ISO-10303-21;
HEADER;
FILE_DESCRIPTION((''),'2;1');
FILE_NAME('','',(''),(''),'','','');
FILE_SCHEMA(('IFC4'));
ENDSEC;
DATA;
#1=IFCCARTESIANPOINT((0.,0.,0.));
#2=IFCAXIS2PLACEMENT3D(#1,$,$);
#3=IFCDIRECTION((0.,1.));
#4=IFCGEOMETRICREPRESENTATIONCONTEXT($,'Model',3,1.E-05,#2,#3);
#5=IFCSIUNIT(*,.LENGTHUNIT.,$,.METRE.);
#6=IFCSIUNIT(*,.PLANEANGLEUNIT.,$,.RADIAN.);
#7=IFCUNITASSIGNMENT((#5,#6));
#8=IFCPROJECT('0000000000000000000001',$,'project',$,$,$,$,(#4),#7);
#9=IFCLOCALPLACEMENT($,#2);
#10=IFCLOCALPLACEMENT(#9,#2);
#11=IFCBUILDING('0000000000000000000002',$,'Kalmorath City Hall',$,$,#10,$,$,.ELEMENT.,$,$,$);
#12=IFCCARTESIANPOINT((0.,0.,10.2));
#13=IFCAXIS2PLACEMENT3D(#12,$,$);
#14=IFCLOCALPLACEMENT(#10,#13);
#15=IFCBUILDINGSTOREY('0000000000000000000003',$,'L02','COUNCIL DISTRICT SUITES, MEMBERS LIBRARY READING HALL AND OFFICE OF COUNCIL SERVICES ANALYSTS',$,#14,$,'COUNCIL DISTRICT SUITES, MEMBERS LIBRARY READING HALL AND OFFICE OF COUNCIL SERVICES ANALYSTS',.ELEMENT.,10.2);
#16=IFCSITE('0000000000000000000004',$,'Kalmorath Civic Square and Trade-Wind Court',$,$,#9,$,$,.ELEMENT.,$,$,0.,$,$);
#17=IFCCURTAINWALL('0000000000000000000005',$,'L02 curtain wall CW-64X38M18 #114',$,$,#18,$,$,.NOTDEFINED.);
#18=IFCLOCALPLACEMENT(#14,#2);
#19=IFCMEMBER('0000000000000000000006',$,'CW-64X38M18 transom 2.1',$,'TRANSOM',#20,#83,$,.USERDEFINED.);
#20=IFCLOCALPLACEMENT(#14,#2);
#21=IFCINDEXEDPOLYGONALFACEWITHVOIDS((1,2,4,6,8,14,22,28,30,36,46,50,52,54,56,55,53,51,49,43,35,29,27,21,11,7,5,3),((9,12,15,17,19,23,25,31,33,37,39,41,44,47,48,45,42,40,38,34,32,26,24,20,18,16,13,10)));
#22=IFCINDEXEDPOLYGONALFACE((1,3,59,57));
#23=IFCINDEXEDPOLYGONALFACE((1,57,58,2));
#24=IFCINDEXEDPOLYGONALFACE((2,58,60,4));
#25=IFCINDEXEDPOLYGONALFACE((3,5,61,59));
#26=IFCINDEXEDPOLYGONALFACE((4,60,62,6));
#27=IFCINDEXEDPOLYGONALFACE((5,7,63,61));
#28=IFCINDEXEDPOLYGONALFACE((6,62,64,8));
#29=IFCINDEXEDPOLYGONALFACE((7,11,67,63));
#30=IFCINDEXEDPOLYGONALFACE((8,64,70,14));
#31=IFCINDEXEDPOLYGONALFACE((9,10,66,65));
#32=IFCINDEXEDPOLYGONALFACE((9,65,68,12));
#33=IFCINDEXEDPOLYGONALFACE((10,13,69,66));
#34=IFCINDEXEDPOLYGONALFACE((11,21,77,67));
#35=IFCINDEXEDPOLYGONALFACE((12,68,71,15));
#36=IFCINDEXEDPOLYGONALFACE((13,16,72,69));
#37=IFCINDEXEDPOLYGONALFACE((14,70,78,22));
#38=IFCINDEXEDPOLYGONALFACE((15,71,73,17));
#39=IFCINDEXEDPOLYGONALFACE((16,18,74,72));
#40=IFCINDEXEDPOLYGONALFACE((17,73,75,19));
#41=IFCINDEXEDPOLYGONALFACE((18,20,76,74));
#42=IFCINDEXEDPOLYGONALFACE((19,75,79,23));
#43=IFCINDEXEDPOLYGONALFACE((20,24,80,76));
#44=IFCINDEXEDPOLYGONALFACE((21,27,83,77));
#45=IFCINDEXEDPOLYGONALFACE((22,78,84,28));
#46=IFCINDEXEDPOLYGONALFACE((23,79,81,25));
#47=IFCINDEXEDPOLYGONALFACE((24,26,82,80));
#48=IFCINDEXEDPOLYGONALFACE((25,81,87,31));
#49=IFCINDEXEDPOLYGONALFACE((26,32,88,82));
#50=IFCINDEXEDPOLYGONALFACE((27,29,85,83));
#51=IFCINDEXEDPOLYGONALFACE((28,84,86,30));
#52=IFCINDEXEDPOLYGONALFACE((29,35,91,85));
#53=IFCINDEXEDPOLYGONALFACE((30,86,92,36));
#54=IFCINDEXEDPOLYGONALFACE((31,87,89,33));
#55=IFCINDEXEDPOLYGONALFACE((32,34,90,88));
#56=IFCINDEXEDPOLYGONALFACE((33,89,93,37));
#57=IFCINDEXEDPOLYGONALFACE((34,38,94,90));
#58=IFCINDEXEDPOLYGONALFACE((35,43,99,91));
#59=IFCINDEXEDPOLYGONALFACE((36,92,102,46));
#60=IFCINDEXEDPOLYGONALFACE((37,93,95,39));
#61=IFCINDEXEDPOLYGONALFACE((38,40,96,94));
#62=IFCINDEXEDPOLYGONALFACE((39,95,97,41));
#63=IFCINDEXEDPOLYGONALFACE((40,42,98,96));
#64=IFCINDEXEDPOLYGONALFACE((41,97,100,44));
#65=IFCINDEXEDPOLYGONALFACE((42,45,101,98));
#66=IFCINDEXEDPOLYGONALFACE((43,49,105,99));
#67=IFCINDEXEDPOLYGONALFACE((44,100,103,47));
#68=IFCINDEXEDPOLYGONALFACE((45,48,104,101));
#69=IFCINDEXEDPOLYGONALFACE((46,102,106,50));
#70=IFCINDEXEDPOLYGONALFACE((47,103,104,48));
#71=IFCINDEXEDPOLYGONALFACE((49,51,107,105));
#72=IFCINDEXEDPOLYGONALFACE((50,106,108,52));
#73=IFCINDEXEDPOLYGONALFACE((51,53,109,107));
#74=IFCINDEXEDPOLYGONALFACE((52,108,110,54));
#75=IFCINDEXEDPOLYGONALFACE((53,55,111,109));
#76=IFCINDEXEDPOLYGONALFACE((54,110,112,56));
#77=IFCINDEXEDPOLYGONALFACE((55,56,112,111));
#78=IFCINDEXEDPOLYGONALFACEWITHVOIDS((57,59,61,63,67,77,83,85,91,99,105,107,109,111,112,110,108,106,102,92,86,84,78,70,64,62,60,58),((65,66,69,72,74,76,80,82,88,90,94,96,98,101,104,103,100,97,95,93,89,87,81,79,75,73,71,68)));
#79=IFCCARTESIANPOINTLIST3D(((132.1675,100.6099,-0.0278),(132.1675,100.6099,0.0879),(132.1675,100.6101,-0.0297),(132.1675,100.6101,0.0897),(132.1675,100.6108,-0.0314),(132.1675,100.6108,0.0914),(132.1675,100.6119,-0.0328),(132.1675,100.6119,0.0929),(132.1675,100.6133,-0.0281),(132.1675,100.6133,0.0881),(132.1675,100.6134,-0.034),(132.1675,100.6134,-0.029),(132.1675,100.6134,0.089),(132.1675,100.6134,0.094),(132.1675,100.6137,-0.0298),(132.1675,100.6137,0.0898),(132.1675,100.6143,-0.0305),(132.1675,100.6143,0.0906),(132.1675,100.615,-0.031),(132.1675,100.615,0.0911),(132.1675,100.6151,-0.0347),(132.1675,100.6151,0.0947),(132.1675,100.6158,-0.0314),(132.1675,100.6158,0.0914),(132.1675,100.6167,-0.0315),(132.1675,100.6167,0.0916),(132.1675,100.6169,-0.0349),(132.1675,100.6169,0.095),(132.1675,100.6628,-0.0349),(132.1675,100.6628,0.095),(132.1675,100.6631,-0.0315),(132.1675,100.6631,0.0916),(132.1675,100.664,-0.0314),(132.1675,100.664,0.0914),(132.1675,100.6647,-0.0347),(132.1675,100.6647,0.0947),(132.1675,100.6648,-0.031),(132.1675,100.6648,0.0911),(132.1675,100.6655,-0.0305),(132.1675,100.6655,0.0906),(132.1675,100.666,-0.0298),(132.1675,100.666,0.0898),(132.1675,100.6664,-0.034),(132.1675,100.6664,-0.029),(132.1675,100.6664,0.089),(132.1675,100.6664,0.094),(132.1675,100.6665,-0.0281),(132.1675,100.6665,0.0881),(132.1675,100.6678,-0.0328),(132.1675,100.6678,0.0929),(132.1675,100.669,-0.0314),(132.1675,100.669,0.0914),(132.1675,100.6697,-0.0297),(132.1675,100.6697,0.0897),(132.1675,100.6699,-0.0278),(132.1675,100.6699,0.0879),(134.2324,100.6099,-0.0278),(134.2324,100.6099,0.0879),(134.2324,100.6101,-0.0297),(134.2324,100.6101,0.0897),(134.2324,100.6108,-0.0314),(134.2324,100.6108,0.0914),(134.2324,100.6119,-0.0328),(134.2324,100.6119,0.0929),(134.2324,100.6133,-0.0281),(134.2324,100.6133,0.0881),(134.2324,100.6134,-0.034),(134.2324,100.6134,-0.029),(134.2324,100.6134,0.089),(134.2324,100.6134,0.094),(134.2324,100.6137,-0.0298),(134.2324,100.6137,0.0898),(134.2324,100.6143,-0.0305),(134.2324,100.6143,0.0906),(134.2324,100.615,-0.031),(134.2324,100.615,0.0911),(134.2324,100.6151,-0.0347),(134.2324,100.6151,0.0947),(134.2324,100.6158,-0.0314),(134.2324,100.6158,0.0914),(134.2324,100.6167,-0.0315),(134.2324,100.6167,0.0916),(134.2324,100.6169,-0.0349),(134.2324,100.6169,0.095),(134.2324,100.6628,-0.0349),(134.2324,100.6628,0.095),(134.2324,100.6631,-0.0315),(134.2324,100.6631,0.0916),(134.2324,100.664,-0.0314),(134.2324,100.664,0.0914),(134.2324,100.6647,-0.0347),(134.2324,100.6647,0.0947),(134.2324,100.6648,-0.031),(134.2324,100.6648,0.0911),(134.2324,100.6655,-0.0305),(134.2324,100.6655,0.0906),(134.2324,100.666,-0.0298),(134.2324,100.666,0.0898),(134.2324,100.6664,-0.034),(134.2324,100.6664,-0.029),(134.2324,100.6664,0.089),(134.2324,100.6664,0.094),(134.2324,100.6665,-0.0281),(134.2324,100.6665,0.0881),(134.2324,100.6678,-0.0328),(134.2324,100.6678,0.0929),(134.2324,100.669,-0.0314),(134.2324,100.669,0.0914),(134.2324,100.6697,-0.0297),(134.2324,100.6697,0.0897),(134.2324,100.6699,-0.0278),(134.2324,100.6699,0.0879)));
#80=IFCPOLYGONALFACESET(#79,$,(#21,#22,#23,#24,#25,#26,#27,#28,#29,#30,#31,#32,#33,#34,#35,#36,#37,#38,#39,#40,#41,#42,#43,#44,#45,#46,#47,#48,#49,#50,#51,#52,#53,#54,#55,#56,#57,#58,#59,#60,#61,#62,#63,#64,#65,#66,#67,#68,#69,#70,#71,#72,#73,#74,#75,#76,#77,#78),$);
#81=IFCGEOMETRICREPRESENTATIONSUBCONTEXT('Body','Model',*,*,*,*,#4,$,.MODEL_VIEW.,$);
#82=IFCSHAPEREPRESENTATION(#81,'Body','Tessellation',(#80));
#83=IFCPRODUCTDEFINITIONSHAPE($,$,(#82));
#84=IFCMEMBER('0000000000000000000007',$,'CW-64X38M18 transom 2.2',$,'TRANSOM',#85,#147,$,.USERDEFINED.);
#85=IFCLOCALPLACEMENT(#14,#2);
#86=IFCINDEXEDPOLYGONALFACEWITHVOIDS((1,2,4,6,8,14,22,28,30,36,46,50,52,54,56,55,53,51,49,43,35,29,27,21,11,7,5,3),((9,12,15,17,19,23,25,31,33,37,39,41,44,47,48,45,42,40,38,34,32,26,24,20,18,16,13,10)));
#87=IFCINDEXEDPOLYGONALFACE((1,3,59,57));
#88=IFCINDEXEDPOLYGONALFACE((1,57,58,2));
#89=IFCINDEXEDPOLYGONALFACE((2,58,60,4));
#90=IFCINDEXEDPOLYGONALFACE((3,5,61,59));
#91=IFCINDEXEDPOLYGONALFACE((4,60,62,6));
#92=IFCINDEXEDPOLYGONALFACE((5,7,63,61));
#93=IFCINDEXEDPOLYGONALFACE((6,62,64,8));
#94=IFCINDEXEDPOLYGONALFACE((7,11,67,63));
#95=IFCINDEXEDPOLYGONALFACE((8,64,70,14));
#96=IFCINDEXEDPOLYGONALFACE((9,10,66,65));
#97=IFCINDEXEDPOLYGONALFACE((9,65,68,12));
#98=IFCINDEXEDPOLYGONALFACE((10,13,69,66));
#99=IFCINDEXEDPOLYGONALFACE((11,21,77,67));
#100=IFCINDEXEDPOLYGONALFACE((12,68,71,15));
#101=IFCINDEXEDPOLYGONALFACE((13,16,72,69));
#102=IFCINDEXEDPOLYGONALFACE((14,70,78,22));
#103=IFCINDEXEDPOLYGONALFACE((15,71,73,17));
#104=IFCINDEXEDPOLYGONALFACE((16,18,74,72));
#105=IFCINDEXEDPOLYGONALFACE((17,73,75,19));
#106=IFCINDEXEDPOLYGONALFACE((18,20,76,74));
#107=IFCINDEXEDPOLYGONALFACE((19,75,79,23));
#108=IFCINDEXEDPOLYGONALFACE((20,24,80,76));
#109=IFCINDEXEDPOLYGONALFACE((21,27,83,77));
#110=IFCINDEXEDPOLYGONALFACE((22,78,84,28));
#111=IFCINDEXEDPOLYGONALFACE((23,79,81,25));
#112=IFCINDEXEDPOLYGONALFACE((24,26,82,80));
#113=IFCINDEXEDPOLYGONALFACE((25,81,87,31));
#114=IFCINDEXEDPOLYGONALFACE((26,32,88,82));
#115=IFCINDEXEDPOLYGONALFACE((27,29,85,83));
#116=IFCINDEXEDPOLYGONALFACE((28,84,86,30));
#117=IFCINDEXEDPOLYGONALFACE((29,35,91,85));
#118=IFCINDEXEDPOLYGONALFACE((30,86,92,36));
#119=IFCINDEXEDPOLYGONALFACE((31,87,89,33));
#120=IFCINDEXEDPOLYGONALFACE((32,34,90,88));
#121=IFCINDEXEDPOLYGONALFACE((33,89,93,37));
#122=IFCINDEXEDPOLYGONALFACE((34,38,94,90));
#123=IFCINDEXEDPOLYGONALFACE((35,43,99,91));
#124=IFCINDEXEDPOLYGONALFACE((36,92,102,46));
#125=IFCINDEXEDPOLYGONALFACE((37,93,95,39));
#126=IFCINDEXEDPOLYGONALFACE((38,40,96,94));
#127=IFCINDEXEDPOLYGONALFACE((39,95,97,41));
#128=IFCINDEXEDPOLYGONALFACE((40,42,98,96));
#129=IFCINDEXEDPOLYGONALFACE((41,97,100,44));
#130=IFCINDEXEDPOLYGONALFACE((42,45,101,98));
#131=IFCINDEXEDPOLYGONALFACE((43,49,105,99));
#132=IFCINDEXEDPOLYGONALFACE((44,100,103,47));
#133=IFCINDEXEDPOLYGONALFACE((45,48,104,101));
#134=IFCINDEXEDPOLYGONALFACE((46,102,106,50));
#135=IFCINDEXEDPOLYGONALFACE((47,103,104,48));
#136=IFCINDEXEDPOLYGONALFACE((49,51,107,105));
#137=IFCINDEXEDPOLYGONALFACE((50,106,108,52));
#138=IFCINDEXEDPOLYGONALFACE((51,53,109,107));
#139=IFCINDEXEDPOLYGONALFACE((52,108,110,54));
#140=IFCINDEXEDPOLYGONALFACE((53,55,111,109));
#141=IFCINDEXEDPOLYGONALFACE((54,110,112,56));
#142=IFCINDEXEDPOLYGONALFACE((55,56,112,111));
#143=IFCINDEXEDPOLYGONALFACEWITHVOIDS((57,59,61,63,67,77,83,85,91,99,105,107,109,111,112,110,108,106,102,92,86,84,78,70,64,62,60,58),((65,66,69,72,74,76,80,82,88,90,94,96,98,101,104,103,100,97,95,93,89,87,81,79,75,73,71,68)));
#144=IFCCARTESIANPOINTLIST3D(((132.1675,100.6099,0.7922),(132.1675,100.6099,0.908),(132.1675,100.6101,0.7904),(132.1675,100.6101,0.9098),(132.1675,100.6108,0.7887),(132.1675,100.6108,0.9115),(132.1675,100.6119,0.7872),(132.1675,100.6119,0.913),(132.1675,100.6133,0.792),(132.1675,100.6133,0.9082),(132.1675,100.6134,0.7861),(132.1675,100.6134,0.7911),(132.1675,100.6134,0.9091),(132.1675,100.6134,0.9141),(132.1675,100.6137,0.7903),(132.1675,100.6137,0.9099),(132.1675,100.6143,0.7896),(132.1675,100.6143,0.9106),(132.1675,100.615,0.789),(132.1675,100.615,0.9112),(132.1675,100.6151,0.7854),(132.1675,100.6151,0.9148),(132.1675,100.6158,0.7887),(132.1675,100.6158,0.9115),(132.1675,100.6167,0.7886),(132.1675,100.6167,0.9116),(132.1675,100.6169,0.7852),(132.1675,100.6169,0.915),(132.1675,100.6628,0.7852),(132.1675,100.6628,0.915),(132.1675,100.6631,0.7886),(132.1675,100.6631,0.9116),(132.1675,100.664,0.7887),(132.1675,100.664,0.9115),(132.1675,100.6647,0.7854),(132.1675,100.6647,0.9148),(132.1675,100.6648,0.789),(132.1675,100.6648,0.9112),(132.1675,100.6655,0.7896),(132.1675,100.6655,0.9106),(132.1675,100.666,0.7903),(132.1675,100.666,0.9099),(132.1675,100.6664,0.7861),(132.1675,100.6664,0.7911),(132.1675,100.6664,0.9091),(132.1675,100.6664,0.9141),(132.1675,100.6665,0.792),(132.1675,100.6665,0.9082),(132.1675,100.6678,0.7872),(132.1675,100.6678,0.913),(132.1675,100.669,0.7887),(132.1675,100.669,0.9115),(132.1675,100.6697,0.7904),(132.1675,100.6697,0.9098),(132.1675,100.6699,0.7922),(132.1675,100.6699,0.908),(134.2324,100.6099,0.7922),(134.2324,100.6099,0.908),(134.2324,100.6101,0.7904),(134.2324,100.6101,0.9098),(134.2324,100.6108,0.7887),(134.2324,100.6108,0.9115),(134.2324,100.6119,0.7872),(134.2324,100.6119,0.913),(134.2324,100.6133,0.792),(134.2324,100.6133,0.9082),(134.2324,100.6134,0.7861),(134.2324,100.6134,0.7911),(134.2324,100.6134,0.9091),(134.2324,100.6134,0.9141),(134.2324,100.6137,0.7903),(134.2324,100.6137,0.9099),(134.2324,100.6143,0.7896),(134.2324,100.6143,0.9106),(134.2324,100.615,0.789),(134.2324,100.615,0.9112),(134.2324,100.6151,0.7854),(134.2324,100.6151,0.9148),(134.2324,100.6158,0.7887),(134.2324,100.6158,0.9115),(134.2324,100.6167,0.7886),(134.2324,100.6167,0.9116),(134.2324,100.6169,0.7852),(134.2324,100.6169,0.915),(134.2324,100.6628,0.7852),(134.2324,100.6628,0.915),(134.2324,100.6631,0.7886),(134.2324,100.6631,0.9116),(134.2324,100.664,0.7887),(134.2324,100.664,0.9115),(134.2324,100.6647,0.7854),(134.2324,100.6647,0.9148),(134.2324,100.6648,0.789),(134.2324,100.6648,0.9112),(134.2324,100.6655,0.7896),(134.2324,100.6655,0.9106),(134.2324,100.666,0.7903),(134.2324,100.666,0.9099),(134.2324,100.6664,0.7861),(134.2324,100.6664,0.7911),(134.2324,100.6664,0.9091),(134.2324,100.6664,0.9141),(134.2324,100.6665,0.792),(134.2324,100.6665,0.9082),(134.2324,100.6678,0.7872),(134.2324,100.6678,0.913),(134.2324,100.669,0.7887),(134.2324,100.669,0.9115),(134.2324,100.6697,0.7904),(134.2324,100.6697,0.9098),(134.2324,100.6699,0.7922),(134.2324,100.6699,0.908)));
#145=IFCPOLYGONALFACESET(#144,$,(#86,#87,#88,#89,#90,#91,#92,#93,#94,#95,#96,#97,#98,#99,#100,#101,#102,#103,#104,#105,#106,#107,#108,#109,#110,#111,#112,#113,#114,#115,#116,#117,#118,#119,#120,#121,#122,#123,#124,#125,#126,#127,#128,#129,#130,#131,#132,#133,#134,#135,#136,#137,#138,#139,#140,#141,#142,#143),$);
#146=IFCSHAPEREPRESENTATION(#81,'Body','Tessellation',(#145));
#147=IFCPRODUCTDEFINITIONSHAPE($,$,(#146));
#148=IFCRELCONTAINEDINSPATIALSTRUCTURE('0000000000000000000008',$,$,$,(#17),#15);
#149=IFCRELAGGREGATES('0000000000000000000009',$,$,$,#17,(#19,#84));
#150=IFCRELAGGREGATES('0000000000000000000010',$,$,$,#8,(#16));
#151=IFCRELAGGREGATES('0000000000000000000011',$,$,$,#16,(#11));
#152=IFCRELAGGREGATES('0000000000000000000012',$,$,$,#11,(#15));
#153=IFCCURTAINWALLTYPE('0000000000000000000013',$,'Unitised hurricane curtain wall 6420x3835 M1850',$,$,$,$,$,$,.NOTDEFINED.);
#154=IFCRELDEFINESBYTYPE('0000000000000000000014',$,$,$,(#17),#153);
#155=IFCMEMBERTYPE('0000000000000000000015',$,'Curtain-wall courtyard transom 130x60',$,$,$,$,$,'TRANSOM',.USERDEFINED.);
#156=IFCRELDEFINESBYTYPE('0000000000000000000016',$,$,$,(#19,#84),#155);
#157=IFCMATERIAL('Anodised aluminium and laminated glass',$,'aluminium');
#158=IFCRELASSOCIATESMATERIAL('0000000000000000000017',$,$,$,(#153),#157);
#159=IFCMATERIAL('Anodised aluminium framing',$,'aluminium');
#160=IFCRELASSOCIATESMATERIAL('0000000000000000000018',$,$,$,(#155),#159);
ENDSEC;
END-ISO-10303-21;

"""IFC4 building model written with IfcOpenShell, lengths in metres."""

from ifc_helpers import new_model, si_unit, direction, frame, origin, origin_2d, place, context, subcontext, project, spatial, hollow_rectangle, extrude, material, material_profile, profile_set, type_object, element, aggregate, save


model = new_model("IFC4")

# Units and contexts
model_context = context("Model", 3, precision=1e-05, world=origin(), true_north=direction((0.0, 1.0)))
body_context = subcontext(model_context, "Body", "Model", "MODEL_VIEW")
ifc_project = project(units=[si_unit("LENGTHUNIT", "METRE"), si_unit("PLANEANGLEUNIT", "RADIAN")], contexts=[model_context])

# Site, building, storey
site_placement = place(None, origin())
site = spatial("IfcSite", under=ifc_project, at=site_placement, Name="Kalmorath Civic Square and Trade-Wind Court", CompositionType="ELEMENT", RefElevation=0.0)
building_placement = place(site_placement, origin())
building = spatial("IfcBuilding", under=site, at=building_placement, Name="Kalmorath City Hall", CompositionType="ELEMENT")
storey_placement = place(building_placement, frame((0.0, 0.0, 10.2)))
storey = spatial("IfcBuildingStorey", under=building, at=storey_placement, Name="L02", Description="COUNCIL DISTRICT SUITES, MEMBERS LIBRARY READING HALL AND OFFICE OF COUNCIL SERVICES ANALYSTS", LongName="COUNCIL DISTRICT SUITES, MEMBERS LIBRARY READING HALL AND OFFICE OF COUNCIL SERVICES ANALYSTS", CompositionType="ELEMENT", Elevation=10.2)

# Curtain wall, members
ifc_material_1 = material(Name="Anodised aluminium and laminated glass", Category="aluminium")
curtain_wall_type = type_object("IfcCurtainWallType", Name="Unitised hurricane curtain wall 6420x3835 M1850", PredefinedType="NOTDEFINED", material=ifc_material_1)
curtain_wall_placement = place(storey_placement, origin())
curtain_wall = element("IfcCurtainWall", 1, at=curtain_wall_placement, inside=storey, type_object=curtain_wall_type, Name="L02 curtain wall CW-64X38M18 #114", PredefinedType="NOTDEFINED")
ifc_material_2 = material(Name="Anodised aluminium framing", Category="aluminium")
ifc_material_profile_1 = material_profile(ifc_material_2, hollow_rectangle(XDim=0.0601, YDim=0.1299, WallThickness=0.0034, InnerFilletRadius=0.0034, OuterFilletRadius=0.0071, at=origin_2d()), Name="ALU-TRN-130X60X3.5")
ifc_profile_set_1 = profile_set([ifc_material_profile_1], Name="Anodised aluminium framing")
member_type_1 = type_object("IfcMemberType", Name="Curtain-wall courtyard transom 130x60", ElementType="TRANSOM", PredefinedType="USERDEFINED", material=ifc_profile_set_1)
member_1_placement = place(storey_placement, frame((132.1675, 100.6399, 0.03), z_axis=(1.0, 0.0, 0.0), x_axis=(0.0, 1.0, 0.0)))
member_1 = element("IfcMember", 2, at=member_1_placement, type_object=member_type_1, Name="CW-64X38M18 transom 2.1", ObjectType="TRANSOM", PredefinedType="USERDEFINED", context=body_context, shape_type="SweptSolid", body=[
    extrude(hollow_rectangle(XDim=0.0601, YDim=0.1299, WallThickness=0.0034, InnerFilletRadius=0.0034, OuterFilletRadius=0.0071, at=origin_2d()), origin(), (0.0, 0.0, 1.0), 2.0649),
])
member_2_placement = place(storey_placement, frame((132.1675, 100.6399, 0.8501), z_axis=(1.0, 0.0, 0.0), x_axis=(0.0, 1.0, 0.0)))
member_2 = element("IfcMember", 3, at=member_2_placement, type_object=member_type_1, Name="CW-64X38M18 transom 2.2", ObjectType="TRANSOM", PredefinedType="USERDEFINED", context=body_context, shape_type="SweptSolid", body=[
    extrude(hollow_rectangle(XDim=0.0601, YDim=0.1299, WallThickness=0.0034, InnerFilletRadius=0.0034, OuterFilletRadius=0.0071, at=origin_2d()), origin(), (0.0, 0.0, 1.0), 2.0649),
])

aggregate(curtain_wall, [member_1, member_2])

save(model, "model.ifc")
